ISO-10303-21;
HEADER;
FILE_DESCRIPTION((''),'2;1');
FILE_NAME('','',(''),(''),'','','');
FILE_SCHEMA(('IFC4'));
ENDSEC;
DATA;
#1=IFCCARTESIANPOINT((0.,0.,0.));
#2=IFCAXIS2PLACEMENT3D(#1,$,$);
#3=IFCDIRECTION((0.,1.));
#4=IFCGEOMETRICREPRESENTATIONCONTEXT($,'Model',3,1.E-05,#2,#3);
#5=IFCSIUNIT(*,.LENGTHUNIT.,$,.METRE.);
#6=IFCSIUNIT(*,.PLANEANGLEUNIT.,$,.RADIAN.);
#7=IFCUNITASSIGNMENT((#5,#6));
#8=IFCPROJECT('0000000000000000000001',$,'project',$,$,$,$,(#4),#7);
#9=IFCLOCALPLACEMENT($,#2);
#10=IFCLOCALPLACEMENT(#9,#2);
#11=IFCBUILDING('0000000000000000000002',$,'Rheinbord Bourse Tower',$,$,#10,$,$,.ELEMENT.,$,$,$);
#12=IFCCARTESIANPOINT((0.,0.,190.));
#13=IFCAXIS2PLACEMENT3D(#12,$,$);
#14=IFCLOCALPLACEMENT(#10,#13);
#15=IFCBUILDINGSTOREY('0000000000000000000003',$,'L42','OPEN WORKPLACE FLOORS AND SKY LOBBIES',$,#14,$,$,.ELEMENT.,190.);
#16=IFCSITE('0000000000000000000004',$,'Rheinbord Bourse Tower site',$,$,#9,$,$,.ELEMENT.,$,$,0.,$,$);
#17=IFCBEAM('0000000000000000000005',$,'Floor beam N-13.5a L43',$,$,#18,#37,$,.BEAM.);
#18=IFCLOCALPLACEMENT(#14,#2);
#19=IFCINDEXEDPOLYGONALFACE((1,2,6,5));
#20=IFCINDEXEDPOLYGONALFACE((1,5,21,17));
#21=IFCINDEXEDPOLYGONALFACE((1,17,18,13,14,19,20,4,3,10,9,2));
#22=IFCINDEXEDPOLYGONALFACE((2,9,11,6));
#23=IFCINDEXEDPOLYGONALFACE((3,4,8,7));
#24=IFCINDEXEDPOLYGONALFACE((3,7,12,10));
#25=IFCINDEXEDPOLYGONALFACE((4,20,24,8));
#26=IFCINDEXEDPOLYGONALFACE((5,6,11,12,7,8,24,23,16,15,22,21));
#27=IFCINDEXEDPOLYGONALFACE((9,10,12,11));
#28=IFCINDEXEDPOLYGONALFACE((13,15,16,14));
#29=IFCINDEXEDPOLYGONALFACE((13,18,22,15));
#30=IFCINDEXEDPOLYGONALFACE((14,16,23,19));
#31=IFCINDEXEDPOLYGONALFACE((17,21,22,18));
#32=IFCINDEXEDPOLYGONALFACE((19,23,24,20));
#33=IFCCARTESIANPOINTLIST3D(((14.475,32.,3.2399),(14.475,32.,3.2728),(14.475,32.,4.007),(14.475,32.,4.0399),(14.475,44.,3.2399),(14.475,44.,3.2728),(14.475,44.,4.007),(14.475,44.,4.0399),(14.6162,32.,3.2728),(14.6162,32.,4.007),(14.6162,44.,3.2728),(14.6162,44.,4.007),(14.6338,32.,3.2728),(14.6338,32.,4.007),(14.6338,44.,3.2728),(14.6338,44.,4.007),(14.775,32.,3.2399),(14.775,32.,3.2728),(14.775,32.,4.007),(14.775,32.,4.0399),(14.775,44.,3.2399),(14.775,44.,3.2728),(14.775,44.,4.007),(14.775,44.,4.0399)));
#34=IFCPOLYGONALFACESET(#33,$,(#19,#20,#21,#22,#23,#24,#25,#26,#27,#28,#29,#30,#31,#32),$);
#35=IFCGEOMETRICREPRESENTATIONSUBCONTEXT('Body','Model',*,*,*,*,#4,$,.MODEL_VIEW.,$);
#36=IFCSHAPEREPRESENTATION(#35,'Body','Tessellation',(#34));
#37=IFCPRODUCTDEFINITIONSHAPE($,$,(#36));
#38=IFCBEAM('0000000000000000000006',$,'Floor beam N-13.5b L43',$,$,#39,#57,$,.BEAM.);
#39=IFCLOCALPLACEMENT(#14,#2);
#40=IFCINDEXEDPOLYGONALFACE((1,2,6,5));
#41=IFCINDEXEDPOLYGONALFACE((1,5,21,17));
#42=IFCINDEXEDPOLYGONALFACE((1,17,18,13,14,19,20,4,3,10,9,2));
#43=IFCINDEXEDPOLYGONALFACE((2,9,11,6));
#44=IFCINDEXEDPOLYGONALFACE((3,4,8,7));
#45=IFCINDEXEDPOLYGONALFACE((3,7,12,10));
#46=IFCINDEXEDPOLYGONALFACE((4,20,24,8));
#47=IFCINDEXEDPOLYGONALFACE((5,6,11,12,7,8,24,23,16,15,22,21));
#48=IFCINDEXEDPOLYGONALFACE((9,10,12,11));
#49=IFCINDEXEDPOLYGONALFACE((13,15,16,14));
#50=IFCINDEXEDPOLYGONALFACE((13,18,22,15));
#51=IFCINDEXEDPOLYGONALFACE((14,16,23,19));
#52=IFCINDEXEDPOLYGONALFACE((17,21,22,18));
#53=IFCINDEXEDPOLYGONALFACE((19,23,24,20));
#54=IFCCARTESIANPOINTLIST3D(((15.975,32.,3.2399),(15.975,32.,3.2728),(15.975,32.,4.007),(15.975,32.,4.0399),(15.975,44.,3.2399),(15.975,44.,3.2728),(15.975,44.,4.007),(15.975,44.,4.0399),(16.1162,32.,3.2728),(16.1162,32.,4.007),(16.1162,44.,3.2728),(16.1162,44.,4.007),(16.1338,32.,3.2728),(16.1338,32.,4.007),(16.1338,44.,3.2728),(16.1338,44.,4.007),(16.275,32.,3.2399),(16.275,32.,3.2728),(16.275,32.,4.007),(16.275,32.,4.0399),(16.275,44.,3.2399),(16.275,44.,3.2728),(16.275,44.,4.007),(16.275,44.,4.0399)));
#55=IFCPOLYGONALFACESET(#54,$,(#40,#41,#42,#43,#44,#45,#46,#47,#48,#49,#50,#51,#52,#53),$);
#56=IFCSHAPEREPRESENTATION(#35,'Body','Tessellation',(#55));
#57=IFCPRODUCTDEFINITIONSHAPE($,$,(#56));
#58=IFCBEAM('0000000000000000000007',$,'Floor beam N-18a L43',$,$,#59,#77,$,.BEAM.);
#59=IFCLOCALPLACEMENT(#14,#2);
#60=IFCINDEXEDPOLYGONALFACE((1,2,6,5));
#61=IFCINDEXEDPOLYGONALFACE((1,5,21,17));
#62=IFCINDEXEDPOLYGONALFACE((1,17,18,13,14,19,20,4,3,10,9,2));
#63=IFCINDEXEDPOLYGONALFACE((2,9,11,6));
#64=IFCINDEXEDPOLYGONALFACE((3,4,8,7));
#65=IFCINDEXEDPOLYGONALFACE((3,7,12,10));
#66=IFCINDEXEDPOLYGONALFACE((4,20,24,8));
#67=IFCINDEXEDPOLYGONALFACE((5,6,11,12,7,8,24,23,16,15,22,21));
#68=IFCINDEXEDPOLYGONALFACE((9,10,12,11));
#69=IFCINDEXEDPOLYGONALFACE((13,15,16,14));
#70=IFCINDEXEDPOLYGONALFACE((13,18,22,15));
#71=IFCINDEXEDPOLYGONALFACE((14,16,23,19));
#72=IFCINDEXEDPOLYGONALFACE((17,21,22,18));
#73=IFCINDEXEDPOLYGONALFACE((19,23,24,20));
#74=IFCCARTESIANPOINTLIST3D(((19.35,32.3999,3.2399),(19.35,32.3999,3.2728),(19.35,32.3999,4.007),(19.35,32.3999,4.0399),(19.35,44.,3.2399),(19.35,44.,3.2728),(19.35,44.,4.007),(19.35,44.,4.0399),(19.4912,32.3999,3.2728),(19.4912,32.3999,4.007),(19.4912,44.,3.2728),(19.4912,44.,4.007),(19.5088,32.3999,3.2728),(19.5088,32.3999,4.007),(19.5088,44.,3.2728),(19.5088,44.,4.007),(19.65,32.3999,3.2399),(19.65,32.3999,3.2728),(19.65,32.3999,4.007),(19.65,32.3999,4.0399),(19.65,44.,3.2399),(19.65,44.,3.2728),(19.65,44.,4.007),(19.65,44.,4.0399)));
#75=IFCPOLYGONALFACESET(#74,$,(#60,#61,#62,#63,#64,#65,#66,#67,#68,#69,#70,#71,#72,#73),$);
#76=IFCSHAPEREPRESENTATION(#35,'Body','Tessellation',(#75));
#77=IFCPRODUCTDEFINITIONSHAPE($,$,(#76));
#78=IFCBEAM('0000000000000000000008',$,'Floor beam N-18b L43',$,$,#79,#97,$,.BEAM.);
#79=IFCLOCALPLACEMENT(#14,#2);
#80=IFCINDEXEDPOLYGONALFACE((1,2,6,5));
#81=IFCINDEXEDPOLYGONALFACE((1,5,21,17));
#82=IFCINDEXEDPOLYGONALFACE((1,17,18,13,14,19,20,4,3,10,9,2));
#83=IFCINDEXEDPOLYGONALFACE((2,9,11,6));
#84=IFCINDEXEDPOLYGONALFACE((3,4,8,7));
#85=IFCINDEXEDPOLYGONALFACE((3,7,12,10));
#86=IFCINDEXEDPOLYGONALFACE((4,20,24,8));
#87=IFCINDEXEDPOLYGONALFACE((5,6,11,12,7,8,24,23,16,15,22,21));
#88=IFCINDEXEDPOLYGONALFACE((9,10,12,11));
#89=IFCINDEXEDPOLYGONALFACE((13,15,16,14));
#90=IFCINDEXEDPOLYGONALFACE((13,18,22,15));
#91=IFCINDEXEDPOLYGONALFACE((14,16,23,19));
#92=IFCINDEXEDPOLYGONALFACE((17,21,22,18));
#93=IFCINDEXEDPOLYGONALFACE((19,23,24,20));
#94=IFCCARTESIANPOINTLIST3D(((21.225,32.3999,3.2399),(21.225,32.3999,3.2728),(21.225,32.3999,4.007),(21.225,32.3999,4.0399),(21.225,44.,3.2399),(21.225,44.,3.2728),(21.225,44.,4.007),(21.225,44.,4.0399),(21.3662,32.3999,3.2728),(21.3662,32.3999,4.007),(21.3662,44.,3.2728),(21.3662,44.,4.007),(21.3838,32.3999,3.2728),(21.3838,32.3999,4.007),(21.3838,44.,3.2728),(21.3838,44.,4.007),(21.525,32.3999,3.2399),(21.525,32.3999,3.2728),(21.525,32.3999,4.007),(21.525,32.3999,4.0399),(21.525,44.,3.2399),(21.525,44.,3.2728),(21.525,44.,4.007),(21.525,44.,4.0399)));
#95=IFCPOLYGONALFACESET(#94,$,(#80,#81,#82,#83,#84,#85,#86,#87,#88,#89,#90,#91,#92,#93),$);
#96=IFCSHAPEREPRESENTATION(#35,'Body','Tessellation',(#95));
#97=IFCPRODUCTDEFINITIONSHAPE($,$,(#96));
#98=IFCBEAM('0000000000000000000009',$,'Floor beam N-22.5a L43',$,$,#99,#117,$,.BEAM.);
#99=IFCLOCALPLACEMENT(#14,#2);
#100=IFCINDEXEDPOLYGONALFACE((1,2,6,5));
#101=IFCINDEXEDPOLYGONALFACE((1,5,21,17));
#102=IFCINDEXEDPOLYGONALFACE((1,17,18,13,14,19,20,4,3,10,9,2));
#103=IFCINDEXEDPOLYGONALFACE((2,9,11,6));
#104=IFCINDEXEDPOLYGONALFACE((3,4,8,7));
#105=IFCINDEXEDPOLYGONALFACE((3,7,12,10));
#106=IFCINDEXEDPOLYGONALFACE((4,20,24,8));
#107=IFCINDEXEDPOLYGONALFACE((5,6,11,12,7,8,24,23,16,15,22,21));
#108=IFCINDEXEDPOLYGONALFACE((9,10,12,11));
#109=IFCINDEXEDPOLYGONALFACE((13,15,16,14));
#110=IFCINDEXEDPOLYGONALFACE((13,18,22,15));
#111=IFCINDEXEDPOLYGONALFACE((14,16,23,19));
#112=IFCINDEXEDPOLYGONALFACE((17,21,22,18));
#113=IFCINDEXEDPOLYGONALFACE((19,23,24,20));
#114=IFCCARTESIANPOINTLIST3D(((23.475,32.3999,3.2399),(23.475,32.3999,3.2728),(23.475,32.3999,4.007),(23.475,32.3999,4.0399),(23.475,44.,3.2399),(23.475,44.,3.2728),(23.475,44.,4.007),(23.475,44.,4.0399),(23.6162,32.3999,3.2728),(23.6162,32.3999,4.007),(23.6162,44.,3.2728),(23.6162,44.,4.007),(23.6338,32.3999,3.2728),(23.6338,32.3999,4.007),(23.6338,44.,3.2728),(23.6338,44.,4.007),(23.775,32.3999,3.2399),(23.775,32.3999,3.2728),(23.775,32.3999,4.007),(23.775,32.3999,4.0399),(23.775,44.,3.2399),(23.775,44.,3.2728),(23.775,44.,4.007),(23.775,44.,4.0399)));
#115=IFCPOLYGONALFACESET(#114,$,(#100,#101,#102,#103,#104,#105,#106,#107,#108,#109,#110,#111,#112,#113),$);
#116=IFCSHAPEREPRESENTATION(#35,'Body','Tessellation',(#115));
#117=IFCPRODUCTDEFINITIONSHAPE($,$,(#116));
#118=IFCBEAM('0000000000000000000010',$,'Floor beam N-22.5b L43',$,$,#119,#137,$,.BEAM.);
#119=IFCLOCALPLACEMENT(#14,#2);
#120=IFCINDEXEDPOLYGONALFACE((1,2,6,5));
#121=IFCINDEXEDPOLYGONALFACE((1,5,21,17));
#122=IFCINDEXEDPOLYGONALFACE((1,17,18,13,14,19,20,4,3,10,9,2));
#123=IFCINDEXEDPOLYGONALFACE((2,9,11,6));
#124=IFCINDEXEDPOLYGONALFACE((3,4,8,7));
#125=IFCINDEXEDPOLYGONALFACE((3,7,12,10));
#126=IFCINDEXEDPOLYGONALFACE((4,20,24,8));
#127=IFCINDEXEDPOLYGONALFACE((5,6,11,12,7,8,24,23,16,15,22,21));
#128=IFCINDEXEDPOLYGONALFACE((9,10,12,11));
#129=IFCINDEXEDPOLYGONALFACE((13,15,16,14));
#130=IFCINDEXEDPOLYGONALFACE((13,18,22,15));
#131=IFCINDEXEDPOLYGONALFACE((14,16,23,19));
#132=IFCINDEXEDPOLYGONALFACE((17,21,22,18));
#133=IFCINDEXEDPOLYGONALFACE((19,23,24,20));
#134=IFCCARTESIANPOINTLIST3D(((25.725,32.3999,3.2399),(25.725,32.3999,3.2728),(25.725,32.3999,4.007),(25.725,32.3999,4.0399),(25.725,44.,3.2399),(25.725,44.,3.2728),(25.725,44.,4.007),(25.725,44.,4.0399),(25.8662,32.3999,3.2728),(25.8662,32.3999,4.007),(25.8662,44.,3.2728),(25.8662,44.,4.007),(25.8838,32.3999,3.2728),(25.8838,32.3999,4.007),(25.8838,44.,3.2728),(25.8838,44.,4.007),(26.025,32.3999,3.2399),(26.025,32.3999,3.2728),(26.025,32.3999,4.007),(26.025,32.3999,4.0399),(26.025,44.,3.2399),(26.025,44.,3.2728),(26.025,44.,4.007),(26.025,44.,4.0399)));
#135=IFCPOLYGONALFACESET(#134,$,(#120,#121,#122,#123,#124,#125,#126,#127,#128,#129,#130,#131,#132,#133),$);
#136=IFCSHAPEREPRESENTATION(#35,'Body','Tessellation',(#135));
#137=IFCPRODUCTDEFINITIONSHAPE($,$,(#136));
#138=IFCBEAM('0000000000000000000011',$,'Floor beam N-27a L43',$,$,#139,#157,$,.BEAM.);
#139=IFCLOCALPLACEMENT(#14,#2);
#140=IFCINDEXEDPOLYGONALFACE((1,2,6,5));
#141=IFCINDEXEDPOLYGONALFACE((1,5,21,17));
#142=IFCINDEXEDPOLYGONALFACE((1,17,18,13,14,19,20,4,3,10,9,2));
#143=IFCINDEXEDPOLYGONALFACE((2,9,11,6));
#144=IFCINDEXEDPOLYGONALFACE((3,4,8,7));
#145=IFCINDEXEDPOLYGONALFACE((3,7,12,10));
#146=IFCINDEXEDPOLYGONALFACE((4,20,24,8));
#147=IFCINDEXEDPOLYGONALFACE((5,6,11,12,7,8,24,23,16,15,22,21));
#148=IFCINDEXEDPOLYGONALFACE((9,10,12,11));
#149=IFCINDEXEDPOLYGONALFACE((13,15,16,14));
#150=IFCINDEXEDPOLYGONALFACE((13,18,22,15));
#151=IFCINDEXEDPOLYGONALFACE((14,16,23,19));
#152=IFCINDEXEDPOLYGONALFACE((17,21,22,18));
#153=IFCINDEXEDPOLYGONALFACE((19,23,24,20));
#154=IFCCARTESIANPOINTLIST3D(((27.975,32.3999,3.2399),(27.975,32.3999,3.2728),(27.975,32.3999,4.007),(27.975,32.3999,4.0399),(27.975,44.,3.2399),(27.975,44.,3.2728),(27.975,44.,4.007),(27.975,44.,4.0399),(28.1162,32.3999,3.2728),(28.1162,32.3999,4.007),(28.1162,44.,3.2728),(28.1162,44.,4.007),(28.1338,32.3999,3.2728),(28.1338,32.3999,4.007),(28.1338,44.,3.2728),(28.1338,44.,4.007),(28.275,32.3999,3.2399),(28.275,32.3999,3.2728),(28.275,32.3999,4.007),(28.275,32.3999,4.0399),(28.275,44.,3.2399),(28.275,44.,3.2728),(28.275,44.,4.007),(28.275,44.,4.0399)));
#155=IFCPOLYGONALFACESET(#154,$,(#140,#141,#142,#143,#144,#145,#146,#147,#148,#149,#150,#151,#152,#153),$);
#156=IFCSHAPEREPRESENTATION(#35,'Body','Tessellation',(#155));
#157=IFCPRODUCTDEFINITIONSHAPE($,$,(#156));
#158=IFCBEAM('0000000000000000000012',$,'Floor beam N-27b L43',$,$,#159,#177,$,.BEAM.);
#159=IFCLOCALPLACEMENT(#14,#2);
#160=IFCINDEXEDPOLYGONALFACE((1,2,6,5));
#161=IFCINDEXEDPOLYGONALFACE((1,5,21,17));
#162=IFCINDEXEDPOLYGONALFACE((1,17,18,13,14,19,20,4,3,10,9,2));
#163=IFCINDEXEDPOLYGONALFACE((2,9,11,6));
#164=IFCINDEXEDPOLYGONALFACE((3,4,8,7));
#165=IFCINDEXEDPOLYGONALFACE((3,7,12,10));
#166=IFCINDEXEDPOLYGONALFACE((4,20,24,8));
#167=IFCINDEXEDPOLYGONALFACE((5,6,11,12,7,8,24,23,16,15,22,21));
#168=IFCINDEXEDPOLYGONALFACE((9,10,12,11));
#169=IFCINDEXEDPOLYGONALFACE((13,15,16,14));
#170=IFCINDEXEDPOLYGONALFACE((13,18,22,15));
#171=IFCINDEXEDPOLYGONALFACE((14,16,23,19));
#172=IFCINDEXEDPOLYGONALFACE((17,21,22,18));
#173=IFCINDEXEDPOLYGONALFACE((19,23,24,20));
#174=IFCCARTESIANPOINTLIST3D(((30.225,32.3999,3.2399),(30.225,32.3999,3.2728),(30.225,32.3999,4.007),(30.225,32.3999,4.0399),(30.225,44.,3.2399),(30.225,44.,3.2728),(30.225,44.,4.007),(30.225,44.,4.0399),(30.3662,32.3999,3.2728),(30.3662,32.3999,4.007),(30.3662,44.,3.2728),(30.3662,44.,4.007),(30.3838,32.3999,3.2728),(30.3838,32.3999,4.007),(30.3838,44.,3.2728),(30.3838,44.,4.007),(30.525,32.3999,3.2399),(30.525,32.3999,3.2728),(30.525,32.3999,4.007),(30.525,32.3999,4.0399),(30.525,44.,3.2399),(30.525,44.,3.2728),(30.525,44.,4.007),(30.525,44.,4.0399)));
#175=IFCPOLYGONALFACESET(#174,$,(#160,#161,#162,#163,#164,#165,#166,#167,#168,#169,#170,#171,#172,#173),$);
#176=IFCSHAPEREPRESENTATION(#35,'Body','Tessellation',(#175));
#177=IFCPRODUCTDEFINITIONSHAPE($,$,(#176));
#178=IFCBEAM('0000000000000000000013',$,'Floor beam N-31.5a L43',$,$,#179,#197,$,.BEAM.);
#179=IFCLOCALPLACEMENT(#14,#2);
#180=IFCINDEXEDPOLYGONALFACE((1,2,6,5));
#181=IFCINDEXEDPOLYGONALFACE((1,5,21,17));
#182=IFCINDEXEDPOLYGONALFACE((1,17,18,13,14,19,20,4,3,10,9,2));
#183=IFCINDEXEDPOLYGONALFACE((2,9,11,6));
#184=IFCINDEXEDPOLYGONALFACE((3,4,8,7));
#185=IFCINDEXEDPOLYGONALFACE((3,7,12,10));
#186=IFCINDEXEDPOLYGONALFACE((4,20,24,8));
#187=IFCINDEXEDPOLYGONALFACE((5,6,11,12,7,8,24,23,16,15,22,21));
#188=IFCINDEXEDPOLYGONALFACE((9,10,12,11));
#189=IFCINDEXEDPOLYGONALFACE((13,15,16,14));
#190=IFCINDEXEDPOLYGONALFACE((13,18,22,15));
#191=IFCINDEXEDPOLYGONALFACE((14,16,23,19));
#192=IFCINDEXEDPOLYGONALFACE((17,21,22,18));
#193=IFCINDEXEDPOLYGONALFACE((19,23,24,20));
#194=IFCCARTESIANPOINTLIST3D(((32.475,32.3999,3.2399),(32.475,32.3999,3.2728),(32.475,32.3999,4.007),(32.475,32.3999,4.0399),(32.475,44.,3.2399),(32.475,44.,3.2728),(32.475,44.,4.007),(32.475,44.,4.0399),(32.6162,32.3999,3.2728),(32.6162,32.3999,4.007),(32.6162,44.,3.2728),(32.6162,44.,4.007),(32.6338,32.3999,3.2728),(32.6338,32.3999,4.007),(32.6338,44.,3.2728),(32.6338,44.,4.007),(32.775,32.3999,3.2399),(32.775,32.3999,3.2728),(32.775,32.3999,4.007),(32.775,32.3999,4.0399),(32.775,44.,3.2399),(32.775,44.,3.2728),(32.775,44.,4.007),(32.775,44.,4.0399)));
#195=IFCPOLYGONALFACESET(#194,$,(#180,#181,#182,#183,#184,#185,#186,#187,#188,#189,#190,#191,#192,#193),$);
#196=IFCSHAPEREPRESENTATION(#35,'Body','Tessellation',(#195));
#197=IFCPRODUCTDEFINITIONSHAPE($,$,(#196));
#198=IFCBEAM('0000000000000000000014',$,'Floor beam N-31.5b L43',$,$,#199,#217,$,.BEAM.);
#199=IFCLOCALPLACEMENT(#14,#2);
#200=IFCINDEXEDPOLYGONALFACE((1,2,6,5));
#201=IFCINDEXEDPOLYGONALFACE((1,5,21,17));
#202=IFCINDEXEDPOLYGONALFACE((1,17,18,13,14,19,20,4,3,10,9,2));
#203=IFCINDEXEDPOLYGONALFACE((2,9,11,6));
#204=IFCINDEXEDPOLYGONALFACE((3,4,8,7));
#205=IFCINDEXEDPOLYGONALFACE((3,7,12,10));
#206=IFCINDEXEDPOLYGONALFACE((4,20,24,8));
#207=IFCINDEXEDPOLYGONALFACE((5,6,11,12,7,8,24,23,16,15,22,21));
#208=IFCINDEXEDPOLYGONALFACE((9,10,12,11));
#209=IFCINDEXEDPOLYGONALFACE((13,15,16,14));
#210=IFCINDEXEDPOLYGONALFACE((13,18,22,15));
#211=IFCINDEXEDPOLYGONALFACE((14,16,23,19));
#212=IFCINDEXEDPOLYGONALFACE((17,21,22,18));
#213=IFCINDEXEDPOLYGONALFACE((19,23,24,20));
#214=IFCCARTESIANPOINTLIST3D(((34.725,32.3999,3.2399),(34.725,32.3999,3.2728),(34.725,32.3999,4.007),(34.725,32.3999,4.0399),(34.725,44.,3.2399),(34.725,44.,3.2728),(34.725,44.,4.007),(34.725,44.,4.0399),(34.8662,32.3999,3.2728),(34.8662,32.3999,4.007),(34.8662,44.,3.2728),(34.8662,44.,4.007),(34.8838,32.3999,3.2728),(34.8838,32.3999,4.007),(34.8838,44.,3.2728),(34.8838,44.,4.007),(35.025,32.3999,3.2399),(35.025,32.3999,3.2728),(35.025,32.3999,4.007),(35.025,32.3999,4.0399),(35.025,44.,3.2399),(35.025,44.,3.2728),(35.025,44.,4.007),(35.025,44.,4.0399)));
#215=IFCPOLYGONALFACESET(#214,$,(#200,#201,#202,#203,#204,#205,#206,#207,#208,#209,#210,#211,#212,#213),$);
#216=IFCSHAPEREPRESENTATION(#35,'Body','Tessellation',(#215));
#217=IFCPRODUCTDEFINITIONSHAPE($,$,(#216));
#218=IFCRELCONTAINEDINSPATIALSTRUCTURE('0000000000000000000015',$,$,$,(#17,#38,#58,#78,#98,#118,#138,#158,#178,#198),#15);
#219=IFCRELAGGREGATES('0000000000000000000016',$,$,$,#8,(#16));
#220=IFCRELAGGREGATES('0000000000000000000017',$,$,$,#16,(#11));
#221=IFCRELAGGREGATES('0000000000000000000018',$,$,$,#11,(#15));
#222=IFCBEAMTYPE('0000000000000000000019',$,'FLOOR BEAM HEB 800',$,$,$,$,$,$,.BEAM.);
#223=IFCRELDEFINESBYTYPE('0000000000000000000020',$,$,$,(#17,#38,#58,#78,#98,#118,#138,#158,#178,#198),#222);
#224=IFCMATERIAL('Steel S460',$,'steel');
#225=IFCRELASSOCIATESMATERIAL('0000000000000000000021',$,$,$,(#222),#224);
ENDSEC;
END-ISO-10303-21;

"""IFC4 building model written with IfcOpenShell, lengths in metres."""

from ifc_helpers import new_model, si_unit, direction, frame, origin, origin_2d, place, context, subcontext, project, spatial, i_section, extrude, material, material_profile, profile_set, type_object, element, save


model = new_model("IFC4")

# Units and contexts
model_context = context("Model", 3, precision=1e-05, world=origin(), true_north=direction((0.0, 1.0)))
body_context = subcontext(model_context, "Body", "Model", "MODEL_VIEW")
ifc_project = project(units=[si_unit("LENGTHUNIT", "METRE"), si_unit("PLANEANGLEUNIT", "RADIAN")], contexts=[model_context])

# Site, building, storey
site_placement = place(None, origin())
site = spatial("IfcSite", under=ifc_project, at=site_placement, Name="Rheinbord Bourse Tower site", CompositionType="ELEMENT", RefElevation=0.0)
building_placement = place(site_placement, origin())
building = spatial("IfcBuilding", under=site, at=building_placement, Name="Rheinbord Bourse Tower", CompositionType="ELEMENT")
storey_placement = place(building_placement, frame((0.0, 0.0, 190.0)))
storey = spatial("IfcBuildingStorey", under=building, at=storey_placement, Name="L42", Description="OPEN WORKPLACE FLOORS AND SKY LOBBIES", CompositionType="ELEMENT", Elevation=190.0)

# Beams
ifc_material_1 = material(Name="Steel S460", Category="steel")
ifc_material_profile_1 = material_profile(ifc_material_1, i_section(OverallWidth=0.3, OverallDepth=0.8, WebThickness=0.0176, FlangeThickness=0.033, at=origin_2d()), Name="HEB 800")
ifc_profile_set_1 = profile_set([ifc_material_profile_1], Name="Steel S460")
beam_type_1 = type_object("IfcBeamType", Name="FLOOR BEAM HEB 800", PredefinedType="BEAM", material=ifc_profile_set_1)
for number, where, z_axis, x_axis, name in (
    (1, (14.625, 44.0, 3.6399), (0.0, -1.0, 0.0), (1.0, 0.0, 0.0), "Floor beam N-13.5a L43"),
    (2, (16.125, 44.0, 3.6399), (0.0, -1.0, 0.0), (1.0, 0.0, 0.0), "Floor beam N-13.5b L43"),
):
    element("IfcBeam", number, at=place(storey_placement, frame(where, z_axis=z_axis, x_axis=x_axis)), inside=storey, type_object=beam_type_1, Name=name, PredefinedType="BEAM", context=body_context, shape_type="SweptSolid", body=[
        extrude(i_section(OverallWidth=0.3, OverallDepth=0.8, WebThickness=0.0176, FlangeThickness=0.033, at=origin_2d()), origin(), (0.0, 0.0, 1.0), 12.0),
    ])
for number, where, z_axis, x_axis, name in (
    (3, (19.5, 44.0, 3.6399), (0.0, -1.0, 0.0), (1.0, 0.0, 0.0), "Floor beam N-18a L43"),
    (4, (21.375, 44.0, 3.6399), (0.0, -1.0, 0.0), (1.0, 0.0, 0.0), "Floor beam N-18b L43"),
    (5, (23.625, 44.0, 3.6399), (0.0, -1.0, 0.0), (1.0, 0.0, 0.0), "Floor beam N-22.5a L43"),
    (6, (25.875, 44.0, 3.6399), (0.0, -1.0, 0.0), (1.0, 0.0, 0.0), "Floor beam N-22.5b L43"),
    (7, (28.125, 44.0, 3.6399), (0.0, -1.0, 0.0), (1.0, 0.0, 0.0), "Floor beam N-27a L43"),
    (8, (30.375, 44.0, 3.6399), (0.0, -1.0, 0.0), (1.0, 0.0, 0.0), "Floor beam N-27b L43"),
    (9, (32.625, 44.0, 3.6399), (0.0, -1.0, 0.0), (1.0, 0.0, 0.0), "Floor beam N-31.5a L43"),
    (10, (34.875, 44.0, 3.6399), (0.0, -1.0, 0.0), (1.0, 0.0, 0.0), "Floor beam N-31.5b L43"),
):
    element("IfcBeam", number, at=place(storey_placement, frame(where, z_axis=z_axis, x_axis=x_axis)), inside=storey, type_object=beam_type_1, Name=name, PredefinedType="BEAM", context=body_context, shape_type="SweptSolid", body=[
        extrude(i_section(OverallWidth=0.3, OverallDepth=0.8, WebThickness=0.0176, FlangeThickness=0.033, at=origin_2d()), origin(), (0.0, 0.0, 1.0), 11.6001),
    ])

save(model, "model.ifc")
